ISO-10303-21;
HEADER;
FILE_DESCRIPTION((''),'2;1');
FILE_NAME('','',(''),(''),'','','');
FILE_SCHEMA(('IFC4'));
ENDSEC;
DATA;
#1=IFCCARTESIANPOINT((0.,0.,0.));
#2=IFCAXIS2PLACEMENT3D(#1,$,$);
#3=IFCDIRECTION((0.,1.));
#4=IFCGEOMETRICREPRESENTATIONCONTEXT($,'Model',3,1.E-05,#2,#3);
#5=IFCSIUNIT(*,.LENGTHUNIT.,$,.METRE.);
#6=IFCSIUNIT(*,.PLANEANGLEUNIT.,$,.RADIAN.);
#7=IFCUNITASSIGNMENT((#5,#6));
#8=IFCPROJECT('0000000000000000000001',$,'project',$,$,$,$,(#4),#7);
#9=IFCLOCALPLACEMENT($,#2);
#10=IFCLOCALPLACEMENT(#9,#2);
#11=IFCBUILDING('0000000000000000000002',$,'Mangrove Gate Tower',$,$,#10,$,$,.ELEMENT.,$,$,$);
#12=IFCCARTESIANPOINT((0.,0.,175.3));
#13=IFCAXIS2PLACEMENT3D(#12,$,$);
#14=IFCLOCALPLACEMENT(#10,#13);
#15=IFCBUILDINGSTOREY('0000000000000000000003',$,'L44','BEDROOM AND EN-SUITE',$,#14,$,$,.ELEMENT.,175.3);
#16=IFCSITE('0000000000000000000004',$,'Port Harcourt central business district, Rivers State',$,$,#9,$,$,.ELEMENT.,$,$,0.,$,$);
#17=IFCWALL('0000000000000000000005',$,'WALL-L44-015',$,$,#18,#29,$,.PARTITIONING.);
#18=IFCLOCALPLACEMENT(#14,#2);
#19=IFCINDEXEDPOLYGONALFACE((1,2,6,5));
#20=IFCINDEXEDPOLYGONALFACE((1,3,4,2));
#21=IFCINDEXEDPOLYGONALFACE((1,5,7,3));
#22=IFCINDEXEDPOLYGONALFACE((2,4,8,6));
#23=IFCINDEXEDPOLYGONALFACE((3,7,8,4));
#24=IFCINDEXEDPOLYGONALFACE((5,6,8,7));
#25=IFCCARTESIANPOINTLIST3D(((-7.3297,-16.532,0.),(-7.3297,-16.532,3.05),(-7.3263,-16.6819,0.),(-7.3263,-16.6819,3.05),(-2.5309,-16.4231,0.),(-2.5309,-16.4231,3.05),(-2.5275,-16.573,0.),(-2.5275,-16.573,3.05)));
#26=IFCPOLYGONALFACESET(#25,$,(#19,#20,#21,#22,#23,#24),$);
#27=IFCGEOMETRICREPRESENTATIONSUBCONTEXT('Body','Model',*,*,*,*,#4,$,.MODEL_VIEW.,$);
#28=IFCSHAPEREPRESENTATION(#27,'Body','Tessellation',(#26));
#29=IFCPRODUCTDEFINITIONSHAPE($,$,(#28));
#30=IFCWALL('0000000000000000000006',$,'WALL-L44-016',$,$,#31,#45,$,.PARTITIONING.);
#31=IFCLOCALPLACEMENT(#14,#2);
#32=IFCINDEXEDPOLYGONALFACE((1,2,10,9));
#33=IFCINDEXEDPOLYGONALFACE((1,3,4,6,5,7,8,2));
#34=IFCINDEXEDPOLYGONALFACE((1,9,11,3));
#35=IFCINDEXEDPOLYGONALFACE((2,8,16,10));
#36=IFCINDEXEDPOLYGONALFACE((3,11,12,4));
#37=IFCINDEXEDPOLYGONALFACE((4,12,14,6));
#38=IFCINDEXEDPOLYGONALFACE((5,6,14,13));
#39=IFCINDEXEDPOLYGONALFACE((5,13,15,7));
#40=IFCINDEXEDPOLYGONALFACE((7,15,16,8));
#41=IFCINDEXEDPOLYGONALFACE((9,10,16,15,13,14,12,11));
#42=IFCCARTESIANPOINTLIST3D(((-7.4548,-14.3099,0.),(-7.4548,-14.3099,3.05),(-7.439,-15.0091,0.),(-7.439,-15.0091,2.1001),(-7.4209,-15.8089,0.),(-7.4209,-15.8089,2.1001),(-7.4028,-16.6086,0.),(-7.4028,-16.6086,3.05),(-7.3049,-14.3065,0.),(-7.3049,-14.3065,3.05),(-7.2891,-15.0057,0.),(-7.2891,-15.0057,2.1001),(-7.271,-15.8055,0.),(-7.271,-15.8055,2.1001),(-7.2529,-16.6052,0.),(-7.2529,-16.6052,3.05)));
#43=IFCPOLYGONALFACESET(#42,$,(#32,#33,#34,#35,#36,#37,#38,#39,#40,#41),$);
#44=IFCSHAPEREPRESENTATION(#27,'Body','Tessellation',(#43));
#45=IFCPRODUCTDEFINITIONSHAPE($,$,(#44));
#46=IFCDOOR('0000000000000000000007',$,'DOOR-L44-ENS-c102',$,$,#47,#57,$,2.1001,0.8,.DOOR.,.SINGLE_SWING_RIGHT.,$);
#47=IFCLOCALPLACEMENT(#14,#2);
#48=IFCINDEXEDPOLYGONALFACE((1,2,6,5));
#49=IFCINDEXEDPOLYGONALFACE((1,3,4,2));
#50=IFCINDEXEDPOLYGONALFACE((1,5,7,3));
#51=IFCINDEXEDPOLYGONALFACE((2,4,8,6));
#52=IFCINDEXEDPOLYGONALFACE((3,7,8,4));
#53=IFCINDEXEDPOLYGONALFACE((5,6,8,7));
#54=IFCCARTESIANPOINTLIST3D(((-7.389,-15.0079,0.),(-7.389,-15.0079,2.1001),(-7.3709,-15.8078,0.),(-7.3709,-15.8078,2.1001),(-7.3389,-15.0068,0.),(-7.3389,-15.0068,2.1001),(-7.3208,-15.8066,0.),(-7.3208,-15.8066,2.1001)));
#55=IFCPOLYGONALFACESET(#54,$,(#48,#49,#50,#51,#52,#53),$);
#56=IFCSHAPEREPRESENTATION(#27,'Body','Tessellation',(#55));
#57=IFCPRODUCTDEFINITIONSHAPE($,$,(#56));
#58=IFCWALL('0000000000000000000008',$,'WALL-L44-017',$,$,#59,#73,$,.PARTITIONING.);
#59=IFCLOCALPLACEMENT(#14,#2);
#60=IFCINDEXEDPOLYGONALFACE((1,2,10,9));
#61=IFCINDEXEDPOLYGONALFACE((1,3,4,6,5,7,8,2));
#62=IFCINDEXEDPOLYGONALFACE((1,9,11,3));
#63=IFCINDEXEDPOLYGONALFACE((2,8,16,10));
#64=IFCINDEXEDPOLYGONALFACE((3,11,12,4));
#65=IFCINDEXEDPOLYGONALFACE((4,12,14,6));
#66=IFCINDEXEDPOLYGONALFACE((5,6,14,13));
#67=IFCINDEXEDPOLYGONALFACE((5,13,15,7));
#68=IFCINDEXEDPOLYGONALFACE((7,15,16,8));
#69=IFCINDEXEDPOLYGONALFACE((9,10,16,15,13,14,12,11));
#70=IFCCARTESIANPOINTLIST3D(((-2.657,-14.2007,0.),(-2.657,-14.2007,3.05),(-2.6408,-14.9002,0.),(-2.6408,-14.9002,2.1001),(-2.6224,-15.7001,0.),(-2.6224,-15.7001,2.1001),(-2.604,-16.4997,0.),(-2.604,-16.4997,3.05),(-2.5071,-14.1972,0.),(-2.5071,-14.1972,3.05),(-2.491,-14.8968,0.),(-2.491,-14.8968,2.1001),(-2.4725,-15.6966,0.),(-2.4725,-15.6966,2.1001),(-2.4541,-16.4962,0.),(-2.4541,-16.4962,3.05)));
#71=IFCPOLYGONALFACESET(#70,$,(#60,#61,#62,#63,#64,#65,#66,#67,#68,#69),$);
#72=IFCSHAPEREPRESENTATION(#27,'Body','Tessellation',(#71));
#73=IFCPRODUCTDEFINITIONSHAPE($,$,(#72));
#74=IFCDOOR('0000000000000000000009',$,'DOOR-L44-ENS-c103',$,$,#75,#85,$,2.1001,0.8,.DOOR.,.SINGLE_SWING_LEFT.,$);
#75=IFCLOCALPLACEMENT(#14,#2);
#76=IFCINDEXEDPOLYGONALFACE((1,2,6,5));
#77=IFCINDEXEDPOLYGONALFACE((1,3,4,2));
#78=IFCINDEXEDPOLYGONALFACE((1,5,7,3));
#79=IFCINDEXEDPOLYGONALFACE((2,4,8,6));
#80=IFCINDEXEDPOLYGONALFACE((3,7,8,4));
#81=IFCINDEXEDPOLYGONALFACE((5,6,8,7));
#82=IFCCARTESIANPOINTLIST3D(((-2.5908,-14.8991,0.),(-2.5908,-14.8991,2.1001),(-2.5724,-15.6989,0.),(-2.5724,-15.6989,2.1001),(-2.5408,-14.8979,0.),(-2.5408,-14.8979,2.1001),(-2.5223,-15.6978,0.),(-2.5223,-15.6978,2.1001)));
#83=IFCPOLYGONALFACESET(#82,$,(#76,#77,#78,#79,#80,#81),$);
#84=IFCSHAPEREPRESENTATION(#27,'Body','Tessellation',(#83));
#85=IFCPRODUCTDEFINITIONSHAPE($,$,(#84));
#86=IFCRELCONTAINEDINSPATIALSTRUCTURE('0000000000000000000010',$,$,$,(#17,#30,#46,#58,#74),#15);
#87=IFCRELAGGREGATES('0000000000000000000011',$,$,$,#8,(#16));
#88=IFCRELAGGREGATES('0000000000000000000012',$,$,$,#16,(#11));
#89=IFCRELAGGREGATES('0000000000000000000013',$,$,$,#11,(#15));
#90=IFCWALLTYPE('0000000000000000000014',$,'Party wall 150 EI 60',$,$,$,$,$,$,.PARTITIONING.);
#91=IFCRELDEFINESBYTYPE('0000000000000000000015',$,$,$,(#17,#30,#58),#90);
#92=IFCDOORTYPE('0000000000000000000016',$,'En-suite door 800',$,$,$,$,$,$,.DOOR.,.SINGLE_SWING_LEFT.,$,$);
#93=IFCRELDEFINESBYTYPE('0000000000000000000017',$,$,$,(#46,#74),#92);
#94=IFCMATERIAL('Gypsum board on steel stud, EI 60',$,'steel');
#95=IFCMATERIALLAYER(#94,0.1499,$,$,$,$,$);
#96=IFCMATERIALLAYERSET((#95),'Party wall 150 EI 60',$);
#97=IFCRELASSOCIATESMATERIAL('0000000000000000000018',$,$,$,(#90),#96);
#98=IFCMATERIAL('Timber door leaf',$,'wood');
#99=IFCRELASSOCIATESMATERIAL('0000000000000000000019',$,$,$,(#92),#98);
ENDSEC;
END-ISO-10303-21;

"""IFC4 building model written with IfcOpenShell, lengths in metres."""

from ifc_helpers import new_model, si_unit, direction, frame, frame_2d, origin, place, context, subcontext, project, spatial, rectangle, extrude, material, layer, layer_set, type_object, element, fill, save


model = new_model("IFC4")

# Units and contexts
model_context = context("Model", 3, precision=1e-05, world=origin(), true_north=direction((0.0, 1.0)))
body_context = subcontext(model_context, "Body", "Model", "MODEL_VIEW")
ifc_project = project(units=[si_unit("LENGTHUNIT", "METRE"), si_unit("PLANEANGLEUNIT", "RADIAN")], contexts=[model_context])

# Site, building, storey
site_placement = place(None, origin())
site = spatial("IfcSite", under=ifc_project, at=site_placement, Name="Port Harcourt central business district, Rivers State", CompositionType="ELEMENT", RefElevation=0.0)
building_placement = place(site_placement, origin())
building = spatial("IfcBuilding", under=site, at=building_placement, Name="Mangrove Gate Tower", CompositionType="ELEMENT")
storey_placement = place(building_placement, frame((0.0, 0.0, 175.3)))
storey = spatial("IfcBuildingStorey", under=building, at=storey_placement, Name="L44", Description="BEDROOM AND EN-SUITE", CompositionType="ELEMENT", Elevation=175.3)

# Shared definitions
ifc_material_1 = material(Name="Gypsum board on steel stud, EI 60", Category="steel")
ifc_layer_1 = layer(ifc_material_1, 0.1499)
ifc_layer_set_1 = layer_set([ifc_layer_1], Name="Party wall 150 EI 60")
wall_type_1 = type_object("IfcWallType", Name="Party wall 150 EI 60", PredefinedType="PARTITIONING", material=ifc_layer_set_1)

# Shared definitions
ifc_material_2 = material(Name="Timber door leaf", Category="wood")
door_type = type_object("IfcDoorType", Name="En-suite door 800", OperationType="SINGLE_SWING_LEFT", PredefinedType="DOOR", material=ifc_material_2)

# Wall
wall_1_placement = place(storey_placement, frame((-7.3279, -16.6069, 0.0), z_axis=(0.0, 0.0, 1.0), x_axis=(0.999743, 0.022684, 0.0)))
element("IfcWall", 1, at=wall_1_placement, inside=storey, type_object=wall_type_1, Name="WALL-L44-015", PredefinedType="PARTITIONING", context=body_context, shape_type="SweptSolid", body=[
    extrude(rectangle(XDim=4.8, YDim=0.1499, at=frame_2d((2.3999, 0.0))), origin(), (0.0, 0.0, 1.0), 3.05),
])

# Walls, openings, doors
wall_2_placement = place(storey_placement, frame((-7.3279, -16.6069, 0.0), z_axis=(0.0, 0.0, 1.0), x_axis=(-0.022615, 0.999744, 0.0)))
wall_2 = element("IfcWall", 2, at=wall_2_placement, inside=storey, type_object=wall_type_1, Name="WALL-L44-016", PredefinedType="PARTITIONING", context=body_context, shape_type="SweptSolid", body=[
    extrude(rectangle(XDim=2.2993, YDim=0.1499, at=frame_2d((1.1497, 0.0))), origin(), (0.0, 0.0, 1.0), 3.05),
])
opening_1_placement = place(wall_2_placement, frame((0.8, 0.0, 0.0)))
opening_1 = element("IfcOpeningElement", 3, at=opening_1_placement, cuts=wall_2, PredefinedType="OPENING", context=body_context, shape_type="SweptSolid", body=[
    extrude(rectangle(XDim=0.8, YDim=2.1001, at=frame_2d((0.3999, 1.05))), frame((0.0, 0.085, 0.0), z_axis=(0.0, -1.0, 0.0), x_axis=(1.0, 0.0, 0.0)), (0.0, 0.0, 1.0), 0.1699),
])
door_1_placement = place(opening_1_placement, origin())
door_1 = element("IfcDoor", 4, at=door_1_placement, inside=storey, type_object=door_type, Name="DOOR-L44-ENS-c102", OperationType="SINGLE_SWING_RIGHT", OverallHeight=2.1001, OverallWidth=0.8, PredefinedType="DOOR", context=body_context, shape_type="SweptSolid", body=[
    extrude(rectangle(XDim=0.8, YDim=2.1001, at=frame_2d((0.3999, 1.05))), frame((0.0, 0.0249, 0.0), z_axis=(0.0, -1.0, 0.0), x_axis=(1.0, 0.0, 0.0)), (0.0, 0.0, 1.0), 0.05),
])
fill(opening_1, door_1)
wall_3_placement = place(storey_placement, frame((-2.5291, -16.498, 0.0), z_axis=(0.0, 0.0, 1.0), x_axis=(-0.023037, 0.999735, 0.0)))
wall_3 = element("IfcWall", 5, at=wall_3_placement, inside=storey, type_object=wall_type_1, Name="WALL-L44-017", PredefinedType="PARTITIONING", context=body_context, shape_type="SweptSolid", body=[
    extrude(rectangle(XDim=2.2996, YDim=0.1499, at=frame_2d((1.1499, 0.0))), origin(), (0.0, 0.0, 1.0), 3.05),
])
opening_2_placement = place(wall_3_placement, frame((0.8, 0.0, 0.0)))
opening_2 = element("IfcOpeningElement", 6, at=opening_2_placement, cuts=wall_3, PredefinedType="OPENING", context=body_context, shape_type="SweptSolid", body=[
    extrude(rectangle(XDim=0.8, YDim=2.1001, at=frame_2d((0.3999, 1.05))), frame((0.0, 0.085, 0.0), z_axis=(0.0, -1.0, 0.0), x_axis=(1.0, 0.0, 0.0)), (0.0, 0.0, 1.0), 0.1699),
])
door_2_placement = place(opening_2_placement, origin())
door_2 = element("IfcDoor", 7, at=door_2_placement, inside=storey, type_object=door_type, Name="DOOR-L44-ENS-c103", OperationType="SINGLE_SWING_LEFT", OverallHeight=2.1001, OverallWidth=0.8, PredefinedType="DOOR", context=body_context, shape_type="SweptSolid", body=[
    extrude(rectangle(XDim=0.8, YDim=2.1001, at=frame_2d((0.3999, 1.05))), frame((0.0, 0.0249, 0.0), z_axis=(0.0, -1.0, 0.0), x_axis=(1.0, 0.0, 0.0)), (0.0, 0.0, 1.0), 0.05),
])
fill(opening_2, door_2)

save(model, "model.ifc")
